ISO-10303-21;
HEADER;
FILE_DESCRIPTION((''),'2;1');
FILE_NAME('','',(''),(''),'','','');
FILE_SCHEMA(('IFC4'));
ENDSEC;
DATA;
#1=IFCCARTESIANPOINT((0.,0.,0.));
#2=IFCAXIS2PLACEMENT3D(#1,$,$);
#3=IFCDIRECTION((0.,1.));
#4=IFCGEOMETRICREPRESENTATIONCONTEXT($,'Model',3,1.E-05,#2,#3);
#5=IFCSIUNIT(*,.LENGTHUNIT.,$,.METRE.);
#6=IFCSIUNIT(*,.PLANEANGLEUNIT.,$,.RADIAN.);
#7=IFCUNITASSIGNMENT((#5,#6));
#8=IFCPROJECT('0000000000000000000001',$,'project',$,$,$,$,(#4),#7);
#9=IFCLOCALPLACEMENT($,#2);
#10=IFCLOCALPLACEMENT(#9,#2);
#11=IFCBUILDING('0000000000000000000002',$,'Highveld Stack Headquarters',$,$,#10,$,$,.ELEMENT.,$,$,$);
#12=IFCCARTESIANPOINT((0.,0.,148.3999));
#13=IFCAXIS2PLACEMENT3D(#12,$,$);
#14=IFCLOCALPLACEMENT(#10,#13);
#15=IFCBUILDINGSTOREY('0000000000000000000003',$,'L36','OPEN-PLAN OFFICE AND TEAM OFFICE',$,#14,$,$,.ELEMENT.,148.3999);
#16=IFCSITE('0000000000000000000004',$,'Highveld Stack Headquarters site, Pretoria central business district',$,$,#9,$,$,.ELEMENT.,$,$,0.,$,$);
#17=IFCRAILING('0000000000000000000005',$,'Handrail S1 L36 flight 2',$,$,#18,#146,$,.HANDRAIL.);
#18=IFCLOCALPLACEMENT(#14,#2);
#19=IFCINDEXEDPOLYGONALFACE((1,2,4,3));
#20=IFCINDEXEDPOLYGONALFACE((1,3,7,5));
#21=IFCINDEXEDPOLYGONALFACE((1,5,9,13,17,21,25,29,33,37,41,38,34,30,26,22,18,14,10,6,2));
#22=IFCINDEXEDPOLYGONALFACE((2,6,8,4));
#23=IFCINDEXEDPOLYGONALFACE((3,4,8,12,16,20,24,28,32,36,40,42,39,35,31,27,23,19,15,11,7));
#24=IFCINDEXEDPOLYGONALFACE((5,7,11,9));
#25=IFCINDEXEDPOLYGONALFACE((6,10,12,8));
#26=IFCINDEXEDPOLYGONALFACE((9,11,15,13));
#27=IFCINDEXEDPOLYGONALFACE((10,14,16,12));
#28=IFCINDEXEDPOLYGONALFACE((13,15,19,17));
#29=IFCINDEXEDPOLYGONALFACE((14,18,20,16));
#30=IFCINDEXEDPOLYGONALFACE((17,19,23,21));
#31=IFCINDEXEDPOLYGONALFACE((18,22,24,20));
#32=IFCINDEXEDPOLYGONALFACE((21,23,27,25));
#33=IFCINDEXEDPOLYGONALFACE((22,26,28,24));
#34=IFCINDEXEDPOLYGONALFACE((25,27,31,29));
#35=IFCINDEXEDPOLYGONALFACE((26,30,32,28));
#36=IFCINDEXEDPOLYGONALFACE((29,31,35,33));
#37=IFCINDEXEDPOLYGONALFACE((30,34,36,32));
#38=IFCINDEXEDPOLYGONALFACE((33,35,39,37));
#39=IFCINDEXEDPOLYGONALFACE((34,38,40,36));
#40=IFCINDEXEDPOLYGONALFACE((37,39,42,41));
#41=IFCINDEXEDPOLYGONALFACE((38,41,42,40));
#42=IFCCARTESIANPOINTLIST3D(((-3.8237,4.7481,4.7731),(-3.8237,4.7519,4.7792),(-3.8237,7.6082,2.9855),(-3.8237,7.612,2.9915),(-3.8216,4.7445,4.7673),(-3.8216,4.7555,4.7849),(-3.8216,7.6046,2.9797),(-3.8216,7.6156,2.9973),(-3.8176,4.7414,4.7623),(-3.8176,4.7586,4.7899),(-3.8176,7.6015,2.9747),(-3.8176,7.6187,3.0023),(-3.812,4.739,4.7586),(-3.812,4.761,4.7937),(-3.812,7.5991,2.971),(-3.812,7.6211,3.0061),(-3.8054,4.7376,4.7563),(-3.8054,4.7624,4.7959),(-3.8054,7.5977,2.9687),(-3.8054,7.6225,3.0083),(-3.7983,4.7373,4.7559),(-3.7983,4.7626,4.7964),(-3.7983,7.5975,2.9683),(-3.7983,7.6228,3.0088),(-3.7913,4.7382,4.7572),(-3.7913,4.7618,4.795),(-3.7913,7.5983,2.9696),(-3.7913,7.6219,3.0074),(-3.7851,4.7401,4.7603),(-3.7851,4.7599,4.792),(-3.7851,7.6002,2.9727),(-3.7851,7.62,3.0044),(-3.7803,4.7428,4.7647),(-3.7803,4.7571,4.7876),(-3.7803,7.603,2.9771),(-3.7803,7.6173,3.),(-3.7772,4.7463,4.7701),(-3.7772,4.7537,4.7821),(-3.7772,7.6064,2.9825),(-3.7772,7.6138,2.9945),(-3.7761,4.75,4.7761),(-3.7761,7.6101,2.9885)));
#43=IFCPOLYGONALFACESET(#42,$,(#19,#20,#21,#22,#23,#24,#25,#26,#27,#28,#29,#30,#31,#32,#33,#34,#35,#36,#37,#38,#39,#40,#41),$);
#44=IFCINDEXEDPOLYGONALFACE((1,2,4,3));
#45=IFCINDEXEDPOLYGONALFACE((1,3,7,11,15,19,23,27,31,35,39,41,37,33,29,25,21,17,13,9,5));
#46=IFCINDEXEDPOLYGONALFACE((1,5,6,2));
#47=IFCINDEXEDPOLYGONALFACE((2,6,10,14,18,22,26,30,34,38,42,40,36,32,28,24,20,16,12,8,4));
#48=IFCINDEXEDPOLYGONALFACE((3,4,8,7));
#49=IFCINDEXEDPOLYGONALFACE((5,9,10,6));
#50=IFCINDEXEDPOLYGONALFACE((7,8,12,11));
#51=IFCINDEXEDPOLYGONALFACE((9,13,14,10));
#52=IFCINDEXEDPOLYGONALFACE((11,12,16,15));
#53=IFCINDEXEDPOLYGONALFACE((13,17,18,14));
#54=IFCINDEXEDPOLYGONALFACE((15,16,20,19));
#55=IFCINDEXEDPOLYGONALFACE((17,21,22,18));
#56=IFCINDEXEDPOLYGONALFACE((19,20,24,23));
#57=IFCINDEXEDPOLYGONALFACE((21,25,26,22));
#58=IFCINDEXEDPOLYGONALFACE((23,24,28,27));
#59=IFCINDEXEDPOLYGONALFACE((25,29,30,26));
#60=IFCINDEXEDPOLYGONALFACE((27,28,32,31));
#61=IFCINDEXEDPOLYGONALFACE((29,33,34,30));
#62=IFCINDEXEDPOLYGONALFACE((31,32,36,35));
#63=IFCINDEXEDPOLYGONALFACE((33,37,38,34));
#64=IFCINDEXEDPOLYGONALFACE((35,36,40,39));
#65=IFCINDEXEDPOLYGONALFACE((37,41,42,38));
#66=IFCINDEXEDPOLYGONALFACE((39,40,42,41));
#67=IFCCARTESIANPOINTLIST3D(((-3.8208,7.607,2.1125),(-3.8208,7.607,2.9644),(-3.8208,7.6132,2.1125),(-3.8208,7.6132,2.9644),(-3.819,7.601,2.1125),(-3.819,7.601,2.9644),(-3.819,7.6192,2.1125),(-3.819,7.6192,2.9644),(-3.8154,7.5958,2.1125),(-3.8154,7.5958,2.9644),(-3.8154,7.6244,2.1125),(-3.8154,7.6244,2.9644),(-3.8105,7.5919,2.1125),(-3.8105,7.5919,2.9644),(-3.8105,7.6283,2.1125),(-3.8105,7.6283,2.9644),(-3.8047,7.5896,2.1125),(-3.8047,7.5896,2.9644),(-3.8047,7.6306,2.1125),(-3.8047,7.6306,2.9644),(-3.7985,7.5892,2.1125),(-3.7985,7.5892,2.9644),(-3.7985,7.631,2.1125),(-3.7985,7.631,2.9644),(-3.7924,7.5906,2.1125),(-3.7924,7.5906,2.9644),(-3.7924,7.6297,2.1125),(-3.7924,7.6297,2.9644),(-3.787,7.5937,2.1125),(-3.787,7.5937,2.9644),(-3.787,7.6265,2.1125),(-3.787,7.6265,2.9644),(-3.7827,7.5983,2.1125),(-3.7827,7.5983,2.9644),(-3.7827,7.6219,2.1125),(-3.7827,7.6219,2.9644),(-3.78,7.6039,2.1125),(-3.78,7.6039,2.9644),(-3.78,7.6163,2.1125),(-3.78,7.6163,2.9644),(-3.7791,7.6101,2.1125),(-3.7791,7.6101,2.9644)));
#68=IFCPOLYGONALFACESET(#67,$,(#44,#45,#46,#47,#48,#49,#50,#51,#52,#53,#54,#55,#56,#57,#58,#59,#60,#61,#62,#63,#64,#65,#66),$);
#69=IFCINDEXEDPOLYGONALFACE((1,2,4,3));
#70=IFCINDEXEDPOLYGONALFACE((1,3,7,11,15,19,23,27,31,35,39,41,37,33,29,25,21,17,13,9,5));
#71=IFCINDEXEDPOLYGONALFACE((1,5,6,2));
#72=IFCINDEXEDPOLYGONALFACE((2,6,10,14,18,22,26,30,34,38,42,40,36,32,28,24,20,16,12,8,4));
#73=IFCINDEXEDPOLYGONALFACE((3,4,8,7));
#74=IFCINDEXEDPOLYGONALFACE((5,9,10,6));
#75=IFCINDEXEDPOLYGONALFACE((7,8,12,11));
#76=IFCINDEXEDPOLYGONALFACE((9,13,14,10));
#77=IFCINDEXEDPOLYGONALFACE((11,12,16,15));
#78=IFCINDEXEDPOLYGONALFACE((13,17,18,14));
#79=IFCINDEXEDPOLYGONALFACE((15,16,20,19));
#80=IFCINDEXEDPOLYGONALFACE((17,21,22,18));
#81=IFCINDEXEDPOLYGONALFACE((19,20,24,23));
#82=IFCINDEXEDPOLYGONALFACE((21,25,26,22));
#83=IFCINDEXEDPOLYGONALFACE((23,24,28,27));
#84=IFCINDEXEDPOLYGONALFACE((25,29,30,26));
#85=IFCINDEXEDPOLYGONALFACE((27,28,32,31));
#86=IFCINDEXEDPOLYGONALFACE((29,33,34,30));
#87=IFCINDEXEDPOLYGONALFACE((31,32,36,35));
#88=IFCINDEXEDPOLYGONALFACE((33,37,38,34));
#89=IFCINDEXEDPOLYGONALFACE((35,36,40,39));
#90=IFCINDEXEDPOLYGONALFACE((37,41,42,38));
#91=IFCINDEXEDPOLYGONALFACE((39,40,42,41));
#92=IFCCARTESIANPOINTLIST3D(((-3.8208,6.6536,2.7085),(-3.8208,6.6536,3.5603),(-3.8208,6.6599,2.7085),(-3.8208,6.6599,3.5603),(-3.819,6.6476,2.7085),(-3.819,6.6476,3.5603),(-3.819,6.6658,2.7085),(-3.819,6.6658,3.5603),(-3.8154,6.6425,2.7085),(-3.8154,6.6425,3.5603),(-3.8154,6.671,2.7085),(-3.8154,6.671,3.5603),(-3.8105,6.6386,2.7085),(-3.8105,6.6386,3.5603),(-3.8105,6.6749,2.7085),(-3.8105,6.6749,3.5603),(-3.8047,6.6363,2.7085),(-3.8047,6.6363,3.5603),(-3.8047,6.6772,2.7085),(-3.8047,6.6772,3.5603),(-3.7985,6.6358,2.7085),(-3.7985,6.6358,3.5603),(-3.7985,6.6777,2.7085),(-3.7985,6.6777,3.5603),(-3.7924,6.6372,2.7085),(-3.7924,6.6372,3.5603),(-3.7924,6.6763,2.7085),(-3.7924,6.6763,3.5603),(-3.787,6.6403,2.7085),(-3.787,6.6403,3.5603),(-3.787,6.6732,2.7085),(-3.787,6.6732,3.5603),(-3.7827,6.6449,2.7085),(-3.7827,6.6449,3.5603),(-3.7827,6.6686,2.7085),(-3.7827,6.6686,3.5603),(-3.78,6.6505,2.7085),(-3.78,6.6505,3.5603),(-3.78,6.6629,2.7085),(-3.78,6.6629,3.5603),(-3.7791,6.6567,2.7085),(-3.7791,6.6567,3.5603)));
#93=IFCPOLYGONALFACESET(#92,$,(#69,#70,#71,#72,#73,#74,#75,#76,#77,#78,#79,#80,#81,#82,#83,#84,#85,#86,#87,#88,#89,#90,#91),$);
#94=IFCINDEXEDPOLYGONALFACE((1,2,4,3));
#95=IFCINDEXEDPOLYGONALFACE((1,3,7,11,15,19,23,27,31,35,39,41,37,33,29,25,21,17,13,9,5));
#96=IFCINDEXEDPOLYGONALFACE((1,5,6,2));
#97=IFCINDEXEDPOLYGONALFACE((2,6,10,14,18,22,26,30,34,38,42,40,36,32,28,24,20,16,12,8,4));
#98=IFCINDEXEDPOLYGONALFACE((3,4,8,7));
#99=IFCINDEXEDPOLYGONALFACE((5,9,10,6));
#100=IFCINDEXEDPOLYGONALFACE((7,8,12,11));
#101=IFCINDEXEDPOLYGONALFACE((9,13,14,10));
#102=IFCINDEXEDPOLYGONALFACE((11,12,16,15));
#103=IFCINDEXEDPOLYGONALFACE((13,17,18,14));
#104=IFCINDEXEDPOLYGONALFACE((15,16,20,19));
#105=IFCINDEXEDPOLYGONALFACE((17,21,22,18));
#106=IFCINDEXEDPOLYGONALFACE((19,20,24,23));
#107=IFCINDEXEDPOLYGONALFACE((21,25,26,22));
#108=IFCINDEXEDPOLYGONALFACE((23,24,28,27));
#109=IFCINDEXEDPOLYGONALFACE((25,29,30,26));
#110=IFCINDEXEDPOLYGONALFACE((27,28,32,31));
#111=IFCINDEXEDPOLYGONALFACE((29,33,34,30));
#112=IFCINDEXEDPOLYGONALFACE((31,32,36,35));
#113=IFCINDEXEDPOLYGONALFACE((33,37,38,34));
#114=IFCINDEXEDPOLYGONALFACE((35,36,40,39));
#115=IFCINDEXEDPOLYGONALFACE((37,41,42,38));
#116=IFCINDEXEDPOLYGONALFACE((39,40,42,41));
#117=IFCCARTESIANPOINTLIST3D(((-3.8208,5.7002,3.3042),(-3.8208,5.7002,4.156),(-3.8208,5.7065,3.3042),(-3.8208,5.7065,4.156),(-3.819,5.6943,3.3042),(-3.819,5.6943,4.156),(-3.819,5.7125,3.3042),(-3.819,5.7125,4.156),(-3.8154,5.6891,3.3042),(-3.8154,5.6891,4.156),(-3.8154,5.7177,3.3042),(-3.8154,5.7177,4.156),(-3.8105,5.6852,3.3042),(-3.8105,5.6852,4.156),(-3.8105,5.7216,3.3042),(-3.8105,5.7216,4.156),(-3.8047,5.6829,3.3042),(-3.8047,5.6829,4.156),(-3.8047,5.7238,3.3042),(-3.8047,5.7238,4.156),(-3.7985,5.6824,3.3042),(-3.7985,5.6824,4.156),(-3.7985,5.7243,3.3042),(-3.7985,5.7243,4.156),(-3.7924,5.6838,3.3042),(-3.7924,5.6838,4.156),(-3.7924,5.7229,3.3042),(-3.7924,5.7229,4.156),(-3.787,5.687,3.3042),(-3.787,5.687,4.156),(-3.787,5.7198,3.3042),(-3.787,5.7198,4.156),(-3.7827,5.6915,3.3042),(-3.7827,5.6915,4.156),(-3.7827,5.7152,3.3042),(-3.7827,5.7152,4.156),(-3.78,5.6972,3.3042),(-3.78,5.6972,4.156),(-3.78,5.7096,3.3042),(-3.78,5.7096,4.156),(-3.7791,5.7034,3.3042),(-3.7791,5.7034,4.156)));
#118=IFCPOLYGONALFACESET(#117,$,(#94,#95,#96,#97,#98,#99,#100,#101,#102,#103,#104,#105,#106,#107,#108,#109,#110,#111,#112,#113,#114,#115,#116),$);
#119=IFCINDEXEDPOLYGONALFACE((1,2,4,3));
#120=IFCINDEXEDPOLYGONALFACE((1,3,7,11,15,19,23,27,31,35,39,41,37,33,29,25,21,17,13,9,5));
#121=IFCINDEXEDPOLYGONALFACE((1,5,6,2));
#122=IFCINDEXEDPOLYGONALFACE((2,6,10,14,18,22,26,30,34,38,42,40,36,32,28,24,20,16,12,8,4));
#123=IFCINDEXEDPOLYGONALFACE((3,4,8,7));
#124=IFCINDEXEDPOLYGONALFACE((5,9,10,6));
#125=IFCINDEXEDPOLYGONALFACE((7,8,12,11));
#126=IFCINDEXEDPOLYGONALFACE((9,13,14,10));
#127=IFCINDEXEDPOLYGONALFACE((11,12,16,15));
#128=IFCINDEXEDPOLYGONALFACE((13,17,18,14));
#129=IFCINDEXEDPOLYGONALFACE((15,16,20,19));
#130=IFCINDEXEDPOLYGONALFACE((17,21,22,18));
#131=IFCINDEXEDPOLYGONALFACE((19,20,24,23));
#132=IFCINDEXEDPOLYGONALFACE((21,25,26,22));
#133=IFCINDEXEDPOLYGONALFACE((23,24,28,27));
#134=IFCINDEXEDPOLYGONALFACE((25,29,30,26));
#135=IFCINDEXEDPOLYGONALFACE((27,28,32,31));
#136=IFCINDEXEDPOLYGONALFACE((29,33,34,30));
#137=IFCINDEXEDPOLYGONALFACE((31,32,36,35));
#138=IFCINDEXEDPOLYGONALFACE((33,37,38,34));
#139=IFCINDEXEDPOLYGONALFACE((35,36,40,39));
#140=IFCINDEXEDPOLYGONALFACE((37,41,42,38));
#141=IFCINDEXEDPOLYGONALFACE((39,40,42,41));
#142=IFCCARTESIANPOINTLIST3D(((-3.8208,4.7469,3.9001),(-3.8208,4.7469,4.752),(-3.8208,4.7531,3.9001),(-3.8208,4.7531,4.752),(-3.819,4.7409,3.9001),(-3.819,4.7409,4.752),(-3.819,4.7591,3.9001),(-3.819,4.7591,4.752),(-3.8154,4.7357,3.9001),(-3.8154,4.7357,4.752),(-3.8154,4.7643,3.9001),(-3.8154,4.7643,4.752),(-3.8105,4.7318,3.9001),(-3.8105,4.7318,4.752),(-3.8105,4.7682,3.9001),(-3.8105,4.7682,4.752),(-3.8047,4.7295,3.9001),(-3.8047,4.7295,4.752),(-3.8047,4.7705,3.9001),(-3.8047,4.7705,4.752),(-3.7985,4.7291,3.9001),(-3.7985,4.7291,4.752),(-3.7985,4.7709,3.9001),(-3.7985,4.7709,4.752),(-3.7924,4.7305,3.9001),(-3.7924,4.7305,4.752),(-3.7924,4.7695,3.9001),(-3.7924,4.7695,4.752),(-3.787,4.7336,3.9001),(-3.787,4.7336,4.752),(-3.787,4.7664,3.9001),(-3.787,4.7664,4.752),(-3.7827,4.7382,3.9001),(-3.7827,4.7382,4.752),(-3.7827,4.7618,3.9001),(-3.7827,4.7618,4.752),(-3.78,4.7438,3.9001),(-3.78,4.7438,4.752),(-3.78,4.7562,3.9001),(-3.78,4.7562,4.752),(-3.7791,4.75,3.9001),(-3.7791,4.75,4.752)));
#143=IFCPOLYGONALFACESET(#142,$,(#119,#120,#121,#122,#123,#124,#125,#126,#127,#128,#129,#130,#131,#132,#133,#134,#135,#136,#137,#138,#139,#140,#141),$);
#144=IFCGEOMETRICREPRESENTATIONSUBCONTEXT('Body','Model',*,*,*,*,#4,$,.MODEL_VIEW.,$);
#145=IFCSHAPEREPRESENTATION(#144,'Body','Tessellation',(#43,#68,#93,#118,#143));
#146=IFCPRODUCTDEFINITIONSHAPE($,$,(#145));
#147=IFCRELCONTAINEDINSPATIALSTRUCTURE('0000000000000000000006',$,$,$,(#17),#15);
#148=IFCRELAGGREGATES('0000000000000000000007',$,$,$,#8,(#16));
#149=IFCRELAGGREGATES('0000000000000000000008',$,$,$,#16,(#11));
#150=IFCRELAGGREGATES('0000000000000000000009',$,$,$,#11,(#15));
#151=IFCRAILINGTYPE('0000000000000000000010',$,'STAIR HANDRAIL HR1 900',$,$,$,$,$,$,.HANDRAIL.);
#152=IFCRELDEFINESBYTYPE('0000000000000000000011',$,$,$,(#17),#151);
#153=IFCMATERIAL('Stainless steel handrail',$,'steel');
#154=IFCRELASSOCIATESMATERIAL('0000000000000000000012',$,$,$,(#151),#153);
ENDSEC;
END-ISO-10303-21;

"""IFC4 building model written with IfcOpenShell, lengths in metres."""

from ifc_helpers import new_model, si_unit, direction, frame, origin, origin_2d, place, context, subcontext, project, spatial, circle, extrude, material, type_object, element, save


model = new_model("IFC4")

# Units and contexts
model_context = context("Model", 3, precision=1e-05, world=origin(), true_north=direction((0.0, 1.0)))
body_context = subcontext(model_context, "Body", "Model", "MODEL_VIEW")
ifc_project = project(units=[si_unit("LENGTHUNIT", "METRE"), si_unit("PLANEANGLEUNIT", "RADIAN")], contexts=[model_context])

# Site, building, storey
site_placement = place(None, origin())
site = spatial("IfcSite", under=ifc_project, at=site_placement, Name="Highveld Stack Headquarters site, Pretoria central business district", CompositionType="ELEMENT", RefElevation=0.0)
building_placement = place(site_placement, origin())
building = spatial("IfcBuilding", under=site, at=building_placement, Name="Highveld Stack Headquarters", CompositionType="ELEMENT")
storey_placement = place(building_placement, frame((0.0, 0.0, 148.3999)))
storey = spatial("IfcBuildingStorey", under=building, at=storey_placement, Name="L36", Description="OPEN-PLAN OFFICE AND TEAM OFFICE", CompositionType="ELEMENT", Elevation=148.3999)

# Railing
ifc_material_1 = material(Name="Stainless steel handrail", Category="steel")
railing_type = type_object("IfcRailingType", Name="STAIR HANDRAIL HR1 900", PredefinedType="HANDRAIL", material=ifc_material_1)
for number, where, name in (
    (1, (-3.8, 7.6101, 2.1125), "Handrail S1 L36 flight 2"),
):
    element("IfcRailing", number, at=place(storey_placement, frame(where)), inside=storey, type_object=railing_type, Name=name, PredefinedType="HANDRAIL", context=body_context, shape_type="SweptSolid", body=[
        extrude(circle(Radius=0.0239, at=origin_2d()), frame((0.0, 0.0, 0.876), z_axis=(0.0, -0.847994, 0.530005), x_axis=(1.0, 0.0, 0.0)), (0.0, 0.0, 1.0), 3.3728),
        extrude(circle(Radius=0.021, at=origin_2d()), origin(), (0.0, 0.0, 1.0), 0.8518),
        extrude(circle(Radius=0.021, at=origin_2d()), frame((0.0, -0.9534, 0.5959)), (0.0, 0.0, 1.0), 0.8518),
        extrude(circle(Radius=0.021, at=origin_2d()), frame((0.0, -1.9067, 1.1917)), (0.0, 0.0, 1.0), 0.8518),
        extrude(circle(Radius=0.021, at=origin_2d()), frame((0.0, -2.8601, 1.7876)), (0.0, 0.0, 1.0), 0.8518),
    ])

save(model, "model.ifc")
